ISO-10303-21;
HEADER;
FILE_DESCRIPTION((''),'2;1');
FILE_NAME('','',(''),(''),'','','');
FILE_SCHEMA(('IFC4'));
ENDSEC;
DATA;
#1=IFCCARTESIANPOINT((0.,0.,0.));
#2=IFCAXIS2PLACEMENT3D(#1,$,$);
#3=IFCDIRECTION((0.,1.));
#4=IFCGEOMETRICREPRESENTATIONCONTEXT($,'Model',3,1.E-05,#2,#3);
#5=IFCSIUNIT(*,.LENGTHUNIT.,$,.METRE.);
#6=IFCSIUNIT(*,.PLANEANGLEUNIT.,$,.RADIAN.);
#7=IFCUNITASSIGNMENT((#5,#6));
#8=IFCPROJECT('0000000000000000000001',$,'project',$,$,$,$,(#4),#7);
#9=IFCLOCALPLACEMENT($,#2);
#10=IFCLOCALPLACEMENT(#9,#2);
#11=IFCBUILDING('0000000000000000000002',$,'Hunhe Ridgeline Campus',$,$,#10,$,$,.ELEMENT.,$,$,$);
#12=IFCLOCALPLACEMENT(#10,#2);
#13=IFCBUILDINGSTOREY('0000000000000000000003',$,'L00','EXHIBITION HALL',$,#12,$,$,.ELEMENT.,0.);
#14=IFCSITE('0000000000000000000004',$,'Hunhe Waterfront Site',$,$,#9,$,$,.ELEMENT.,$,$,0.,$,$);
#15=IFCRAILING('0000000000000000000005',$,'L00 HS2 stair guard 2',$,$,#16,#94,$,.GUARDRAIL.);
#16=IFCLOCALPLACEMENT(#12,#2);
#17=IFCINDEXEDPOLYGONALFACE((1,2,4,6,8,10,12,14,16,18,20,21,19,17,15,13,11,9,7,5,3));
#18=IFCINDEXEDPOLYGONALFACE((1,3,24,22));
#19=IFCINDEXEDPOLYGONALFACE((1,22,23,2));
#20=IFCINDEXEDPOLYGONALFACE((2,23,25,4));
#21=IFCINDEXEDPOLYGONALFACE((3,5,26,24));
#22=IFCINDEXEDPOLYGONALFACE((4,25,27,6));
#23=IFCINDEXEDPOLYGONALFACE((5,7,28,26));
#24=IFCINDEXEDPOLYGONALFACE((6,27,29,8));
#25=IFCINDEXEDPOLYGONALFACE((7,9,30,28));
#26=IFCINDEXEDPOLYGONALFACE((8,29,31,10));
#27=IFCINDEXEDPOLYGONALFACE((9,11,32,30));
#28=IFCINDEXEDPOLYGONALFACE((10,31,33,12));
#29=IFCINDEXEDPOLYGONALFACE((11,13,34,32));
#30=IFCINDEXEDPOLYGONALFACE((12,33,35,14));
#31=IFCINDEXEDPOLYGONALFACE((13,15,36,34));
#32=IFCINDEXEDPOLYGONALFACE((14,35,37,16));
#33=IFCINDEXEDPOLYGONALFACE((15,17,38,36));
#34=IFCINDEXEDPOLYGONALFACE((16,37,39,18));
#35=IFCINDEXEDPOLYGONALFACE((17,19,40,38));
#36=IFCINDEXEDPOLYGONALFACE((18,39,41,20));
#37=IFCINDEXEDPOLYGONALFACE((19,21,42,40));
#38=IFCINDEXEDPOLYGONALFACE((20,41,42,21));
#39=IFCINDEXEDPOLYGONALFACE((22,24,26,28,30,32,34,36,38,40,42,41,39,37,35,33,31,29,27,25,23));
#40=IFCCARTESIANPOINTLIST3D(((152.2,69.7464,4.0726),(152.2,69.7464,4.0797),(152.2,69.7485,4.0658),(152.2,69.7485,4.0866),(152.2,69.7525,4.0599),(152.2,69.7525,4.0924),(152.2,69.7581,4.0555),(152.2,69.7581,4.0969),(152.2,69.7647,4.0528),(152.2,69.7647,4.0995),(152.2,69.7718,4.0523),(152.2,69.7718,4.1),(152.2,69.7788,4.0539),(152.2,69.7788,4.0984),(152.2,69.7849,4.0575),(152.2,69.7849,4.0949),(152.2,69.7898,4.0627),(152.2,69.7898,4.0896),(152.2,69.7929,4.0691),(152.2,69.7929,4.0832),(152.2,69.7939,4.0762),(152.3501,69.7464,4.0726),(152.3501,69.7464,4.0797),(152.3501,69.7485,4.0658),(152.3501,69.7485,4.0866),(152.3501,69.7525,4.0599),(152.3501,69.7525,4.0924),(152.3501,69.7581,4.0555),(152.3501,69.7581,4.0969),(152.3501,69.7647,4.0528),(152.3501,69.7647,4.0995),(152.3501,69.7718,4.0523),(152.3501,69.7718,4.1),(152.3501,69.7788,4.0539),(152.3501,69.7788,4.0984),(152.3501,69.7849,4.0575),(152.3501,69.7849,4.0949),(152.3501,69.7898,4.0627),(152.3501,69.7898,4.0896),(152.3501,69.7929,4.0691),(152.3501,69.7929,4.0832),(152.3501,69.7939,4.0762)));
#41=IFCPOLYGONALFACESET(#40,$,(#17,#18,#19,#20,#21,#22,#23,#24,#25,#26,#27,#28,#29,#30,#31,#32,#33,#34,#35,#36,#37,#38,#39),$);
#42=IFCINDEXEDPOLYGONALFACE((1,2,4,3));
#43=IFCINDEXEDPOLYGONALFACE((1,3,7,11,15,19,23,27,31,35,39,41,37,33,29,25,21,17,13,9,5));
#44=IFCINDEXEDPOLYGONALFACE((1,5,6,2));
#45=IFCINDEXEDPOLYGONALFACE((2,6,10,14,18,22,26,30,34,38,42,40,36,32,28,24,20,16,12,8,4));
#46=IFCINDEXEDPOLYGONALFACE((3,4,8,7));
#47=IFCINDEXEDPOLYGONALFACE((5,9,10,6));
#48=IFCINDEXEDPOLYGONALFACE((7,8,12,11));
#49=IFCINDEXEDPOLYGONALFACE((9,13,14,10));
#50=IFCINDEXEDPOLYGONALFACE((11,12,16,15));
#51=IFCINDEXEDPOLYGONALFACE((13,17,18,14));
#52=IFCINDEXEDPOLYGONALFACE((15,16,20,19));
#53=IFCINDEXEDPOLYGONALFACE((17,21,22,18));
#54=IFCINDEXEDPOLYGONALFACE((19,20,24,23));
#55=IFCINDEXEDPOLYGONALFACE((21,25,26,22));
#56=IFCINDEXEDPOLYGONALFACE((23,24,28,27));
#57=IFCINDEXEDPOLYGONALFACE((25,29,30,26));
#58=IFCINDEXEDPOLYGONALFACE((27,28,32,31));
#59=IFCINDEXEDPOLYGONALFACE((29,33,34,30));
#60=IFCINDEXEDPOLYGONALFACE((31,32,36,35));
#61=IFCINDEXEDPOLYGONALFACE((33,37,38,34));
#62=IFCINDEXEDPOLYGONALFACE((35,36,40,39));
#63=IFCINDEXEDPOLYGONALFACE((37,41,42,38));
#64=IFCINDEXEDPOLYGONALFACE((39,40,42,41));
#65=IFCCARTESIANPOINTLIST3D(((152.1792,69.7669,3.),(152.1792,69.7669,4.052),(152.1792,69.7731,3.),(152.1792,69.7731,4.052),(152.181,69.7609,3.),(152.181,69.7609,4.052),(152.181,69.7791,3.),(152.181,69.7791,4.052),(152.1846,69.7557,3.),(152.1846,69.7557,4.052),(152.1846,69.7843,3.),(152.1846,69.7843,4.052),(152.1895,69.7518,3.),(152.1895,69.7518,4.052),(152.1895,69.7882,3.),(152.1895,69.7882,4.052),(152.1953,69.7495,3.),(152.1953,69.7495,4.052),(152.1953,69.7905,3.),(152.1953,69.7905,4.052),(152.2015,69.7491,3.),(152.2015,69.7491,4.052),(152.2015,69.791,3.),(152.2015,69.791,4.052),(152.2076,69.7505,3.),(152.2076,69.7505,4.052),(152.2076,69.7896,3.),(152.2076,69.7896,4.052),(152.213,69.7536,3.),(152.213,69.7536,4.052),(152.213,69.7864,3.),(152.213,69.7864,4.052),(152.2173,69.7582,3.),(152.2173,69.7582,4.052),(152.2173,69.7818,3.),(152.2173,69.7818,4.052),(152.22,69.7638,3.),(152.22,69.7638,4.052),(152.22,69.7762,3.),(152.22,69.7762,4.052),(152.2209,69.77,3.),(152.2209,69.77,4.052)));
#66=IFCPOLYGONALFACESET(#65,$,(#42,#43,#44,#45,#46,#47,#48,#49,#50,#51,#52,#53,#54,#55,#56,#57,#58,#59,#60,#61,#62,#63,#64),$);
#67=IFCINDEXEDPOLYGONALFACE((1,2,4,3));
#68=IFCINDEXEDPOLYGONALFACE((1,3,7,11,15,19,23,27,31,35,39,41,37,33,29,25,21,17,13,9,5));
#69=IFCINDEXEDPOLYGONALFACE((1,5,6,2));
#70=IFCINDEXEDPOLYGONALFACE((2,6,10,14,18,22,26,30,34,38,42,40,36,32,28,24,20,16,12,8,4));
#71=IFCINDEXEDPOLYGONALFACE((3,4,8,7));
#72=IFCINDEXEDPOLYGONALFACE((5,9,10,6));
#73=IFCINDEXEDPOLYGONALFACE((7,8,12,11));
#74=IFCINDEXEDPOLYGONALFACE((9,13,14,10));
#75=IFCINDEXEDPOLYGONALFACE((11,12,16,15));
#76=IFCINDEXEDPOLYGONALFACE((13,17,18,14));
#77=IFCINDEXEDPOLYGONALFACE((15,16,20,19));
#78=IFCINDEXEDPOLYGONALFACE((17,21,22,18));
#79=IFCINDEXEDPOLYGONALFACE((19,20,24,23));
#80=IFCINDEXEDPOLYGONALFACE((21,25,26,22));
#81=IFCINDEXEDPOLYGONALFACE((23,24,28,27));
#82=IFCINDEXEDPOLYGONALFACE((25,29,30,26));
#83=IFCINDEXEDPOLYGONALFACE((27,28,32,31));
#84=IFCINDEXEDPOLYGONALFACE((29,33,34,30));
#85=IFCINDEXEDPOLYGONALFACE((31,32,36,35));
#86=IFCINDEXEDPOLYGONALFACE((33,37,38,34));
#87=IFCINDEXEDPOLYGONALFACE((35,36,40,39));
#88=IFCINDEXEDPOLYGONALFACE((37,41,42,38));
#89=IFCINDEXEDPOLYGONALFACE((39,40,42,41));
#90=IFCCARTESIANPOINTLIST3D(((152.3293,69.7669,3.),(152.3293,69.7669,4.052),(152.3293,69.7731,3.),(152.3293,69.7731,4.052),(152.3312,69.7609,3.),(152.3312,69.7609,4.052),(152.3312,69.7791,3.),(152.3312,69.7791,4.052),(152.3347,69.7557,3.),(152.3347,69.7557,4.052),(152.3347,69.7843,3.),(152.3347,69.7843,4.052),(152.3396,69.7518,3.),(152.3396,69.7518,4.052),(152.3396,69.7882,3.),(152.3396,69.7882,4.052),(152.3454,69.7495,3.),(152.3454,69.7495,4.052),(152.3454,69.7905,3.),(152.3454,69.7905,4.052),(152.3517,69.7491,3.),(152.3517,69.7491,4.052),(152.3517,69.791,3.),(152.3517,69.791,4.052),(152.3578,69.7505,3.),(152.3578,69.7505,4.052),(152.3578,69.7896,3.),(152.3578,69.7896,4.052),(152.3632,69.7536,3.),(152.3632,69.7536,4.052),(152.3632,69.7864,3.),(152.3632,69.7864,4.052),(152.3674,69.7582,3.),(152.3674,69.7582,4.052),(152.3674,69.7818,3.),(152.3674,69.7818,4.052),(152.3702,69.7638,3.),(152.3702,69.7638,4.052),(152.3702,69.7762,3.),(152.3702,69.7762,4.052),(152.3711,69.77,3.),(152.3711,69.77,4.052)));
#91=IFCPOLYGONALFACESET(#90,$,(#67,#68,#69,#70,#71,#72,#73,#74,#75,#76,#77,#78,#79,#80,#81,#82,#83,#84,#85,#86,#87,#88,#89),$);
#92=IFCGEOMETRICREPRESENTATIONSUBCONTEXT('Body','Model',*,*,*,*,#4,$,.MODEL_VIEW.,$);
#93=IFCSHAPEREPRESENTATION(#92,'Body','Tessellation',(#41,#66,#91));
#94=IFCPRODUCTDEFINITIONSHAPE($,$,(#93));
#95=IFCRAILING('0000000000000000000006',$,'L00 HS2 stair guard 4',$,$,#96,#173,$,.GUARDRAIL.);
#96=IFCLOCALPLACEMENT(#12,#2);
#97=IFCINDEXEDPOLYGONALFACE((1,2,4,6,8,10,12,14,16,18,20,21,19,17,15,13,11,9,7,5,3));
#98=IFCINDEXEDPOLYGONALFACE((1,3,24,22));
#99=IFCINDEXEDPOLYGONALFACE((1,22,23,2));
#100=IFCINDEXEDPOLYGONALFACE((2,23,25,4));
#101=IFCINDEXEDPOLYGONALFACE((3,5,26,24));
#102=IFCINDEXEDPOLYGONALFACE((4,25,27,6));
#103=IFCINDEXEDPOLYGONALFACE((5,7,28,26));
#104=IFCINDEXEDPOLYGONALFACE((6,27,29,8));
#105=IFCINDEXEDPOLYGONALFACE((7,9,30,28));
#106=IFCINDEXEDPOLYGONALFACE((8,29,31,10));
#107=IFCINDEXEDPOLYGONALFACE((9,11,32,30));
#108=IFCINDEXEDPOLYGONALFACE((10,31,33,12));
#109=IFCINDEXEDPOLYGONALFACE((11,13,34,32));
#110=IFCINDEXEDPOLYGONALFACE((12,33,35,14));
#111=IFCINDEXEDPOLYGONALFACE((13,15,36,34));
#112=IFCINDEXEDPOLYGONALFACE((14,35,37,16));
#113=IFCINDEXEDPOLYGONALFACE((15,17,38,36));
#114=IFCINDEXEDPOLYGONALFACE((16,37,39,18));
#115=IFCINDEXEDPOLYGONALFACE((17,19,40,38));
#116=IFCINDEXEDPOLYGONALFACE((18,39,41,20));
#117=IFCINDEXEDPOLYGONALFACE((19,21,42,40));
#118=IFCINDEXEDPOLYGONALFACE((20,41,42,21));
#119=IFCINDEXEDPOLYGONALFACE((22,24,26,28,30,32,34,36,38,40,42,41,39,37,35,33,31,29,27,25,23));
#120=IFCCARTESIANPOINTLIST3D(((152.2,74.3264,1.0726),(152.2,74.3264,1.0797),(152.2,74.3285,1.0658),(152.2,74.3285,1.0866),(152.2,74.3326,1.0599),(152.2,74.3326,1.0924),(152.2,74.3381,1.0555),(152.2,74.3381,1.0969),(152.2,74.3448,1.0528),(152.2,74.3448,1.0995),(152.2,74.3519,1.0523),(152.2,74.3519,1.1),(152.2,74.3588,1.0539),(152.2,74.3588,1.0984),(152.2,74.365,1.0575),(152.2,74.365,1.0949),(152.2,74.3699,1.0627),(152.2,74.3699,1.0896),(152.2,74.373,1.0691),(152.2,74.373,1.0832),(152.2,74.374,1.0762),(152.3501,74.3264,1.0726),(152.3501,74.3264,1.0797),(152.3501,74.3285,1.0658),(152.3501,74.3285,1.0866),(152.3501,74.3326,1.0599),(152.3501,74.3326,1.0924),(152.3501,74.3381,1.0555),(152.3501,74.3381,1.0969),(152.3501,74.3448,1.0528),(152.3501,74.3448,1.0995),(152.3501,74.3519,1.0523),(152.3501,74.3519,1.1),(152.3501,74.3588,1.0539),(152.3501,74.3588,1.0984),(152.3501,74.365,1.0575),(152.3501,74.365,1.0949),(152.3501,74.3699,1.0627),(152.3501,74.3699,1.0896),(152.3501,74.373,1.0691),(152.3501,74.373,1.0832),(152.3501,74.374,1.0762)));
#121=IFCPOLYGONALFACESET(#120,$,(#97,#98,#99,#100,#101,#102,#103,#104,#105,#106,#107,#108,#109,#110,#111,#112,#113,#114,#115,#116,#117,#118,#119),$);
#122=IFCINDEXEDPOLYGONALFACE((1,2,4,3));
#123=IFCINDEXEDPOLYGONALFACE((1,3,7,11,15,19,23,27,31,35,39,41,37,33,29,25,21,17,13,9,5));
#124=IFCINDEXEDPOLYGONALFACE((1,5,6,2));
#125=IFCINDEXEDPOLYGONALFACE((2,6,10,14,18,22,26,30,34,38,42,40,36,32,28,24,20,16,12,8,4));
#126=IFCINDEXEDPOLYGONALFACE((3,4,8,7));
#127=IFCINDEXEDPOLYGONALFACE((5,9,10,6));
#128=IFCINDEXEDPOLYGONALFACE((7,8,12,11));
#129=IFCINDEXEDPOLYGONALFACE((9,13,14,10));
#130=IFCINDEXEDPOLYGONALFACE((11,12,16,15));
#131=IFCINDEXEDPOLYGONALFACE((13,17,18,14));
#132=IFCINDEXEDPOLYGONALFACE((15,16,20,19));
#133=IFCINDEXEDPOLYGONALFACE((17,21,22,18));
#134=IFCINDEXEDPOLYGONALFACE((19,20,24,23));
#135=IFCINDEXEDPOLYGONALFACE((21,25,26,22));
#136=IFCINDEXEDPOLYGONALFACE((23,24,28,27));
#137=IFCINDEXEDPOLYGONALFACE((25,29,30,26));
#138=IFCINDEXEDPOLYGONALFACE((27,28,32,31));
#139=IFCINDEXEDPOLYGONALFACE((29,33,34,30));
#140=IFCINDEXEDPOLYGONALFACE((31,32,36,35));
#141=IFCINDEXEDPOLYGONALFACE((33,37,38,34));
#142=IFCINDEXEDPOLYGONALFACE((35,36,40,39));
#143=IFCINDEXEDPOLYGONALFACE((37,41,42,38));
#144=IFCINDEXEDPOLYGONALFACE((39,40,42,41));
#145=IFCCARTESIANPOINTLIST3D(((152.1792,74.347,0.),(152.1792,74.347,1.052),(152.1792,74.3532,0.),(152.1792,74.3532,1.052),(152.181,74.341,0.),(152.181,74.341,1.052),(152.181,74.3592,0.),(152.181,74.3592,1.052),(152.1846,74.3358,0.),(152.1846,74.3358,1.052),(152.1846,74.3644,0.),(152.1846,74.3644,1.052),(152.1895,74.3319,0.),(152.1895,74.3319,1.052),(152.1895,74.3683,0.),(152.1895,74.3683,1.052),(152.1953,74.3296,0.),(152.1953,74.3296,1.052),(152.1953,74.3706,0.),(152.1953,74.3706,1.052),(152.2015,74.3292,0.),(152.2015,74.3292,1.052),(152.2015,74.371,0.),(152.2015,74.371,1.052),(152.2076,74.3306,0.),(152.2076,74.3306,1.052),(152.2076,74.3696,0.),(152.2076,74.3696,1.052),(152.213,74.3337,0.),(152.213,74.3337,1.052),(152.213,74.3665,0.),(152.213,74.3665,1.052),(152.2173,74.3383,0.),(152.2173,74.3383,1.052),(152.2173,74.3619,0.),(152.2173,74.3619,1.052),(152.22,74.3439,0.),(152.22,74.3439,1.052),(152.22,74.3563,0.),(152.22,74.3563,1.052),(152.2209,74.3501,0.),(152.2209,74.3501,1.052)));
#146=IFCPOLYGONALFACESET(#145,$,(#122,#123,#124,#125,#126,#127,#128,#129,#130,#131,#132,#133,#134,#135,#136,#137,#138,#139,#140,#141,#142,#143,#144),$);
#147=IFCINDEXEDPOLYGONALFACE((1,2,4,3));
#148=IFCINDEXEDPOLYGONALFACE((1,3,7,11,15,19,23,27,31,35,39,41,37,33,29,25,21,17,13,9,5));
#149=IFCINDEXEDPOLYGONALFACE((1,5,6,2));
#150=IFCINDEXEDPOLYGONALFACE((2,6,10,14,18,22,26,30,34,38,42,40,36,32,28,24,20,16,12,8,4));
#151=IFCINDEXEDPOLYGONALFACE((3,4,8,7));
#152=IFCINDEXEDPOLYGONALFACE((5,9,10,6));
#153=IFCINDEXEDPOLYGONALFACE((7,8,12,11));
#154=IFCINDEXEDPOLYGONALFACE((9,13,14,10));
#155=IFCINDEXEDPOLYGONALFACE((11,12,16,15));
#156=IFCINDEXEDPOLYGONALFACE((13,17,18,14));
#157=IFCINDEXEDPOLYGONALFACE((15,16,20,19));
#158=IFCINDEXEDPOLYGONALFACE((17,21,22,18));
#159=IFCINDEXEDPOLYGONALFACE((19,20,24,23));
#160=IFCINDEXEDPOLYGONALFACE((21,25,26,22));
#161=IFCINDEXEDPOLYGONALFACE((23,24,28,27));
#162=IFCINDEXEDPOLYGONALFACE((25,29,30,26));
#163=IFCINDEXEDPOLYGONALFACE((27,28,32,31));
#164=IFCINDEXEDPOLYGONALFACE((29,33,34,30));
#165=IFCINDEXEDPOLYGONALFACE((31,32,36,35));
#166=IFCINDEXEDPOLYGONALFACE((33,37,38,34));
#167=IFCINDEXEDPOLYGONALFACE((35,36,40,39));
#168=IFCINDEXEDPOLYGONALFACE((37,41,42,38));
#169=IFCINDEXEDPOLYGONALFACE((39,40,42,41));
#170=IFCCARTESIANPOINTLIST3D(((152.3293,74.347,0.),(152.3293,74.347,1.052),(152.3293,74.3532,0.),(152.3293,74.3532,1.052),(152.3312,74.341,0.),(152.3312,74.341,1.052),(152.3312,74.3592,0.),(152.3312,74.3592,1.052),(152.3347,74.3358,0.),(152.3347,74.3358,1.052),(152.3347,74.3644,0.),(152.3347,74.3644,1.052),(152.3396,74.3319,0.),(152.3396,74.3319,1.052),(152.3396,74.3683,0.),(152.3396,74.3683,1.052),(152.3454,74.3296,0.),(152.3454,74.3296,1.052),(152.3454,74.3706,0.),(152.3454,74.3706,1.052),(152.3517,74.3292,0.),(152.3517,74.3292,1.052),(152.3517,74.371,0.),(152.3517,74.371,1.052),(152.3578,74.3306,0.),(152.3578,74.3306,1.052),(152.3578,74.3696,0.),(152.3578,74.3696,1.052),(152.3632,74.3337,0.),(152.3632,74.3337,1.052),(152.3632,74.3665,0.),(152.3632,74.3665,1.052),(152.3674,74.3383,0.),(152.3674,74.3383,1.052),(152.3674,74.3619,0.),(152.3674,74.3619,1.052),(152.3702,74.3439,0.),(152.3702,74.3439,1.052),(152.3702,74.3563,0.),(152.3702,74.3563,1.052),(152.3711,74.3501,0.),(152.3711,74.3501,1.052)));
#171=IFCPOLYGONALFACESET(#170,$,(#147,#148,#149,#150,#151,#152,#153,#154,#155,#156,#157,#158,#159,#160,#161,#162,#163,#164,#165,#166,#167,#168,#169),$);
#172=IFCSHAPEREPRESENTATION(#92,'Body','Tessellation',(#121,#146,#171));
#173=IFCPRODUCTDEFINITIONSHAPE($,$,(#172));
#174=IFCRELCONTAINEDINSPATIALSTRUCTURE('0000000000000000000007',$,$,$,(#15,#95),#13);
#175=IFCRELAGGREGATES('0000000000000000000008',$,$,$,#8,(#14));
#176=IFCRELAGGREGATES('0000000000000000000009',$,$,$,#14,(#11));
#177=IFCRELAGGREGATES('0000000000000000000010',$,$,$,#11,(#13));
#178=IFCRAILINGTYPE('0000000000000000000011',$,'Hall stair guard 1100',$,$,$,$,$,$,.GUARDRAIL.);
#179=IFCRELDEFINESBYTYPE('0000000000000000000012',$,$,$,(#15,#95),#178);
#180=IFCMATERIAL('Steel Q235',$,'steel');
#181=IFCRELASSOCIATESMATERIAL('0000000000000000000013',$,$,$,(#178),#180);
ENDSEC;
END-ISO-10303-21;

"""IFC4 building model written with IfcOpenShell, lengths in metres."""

from ifc_helpers import new_model, si_unit, direction, frame, origin, origin_2d, place, context, subcontext, project, spatial, circle, extrude, material, type_object, element, save


model = new_model("IFC4")

# Units and contexts
model_context = context("Model", 3, precision=1e-05, world=origin(), true_north=direction((0.0, 1.0)))
body_context = subcontext(model_context, "Body", "Model", "MODEL_VIEW")
ifc_project = project(units=[si_unit("LENGTHUNIT", "METRE"), si_unit("PLANEANGLEUNIT", "RADIAN")], contexts=[model_context])

# Site, building, storey
site_placement = place(None, origin())
site = spatial("IfcSite", under=ifc_project, at=site_placement, Name="Hunhe Waterfront Site", CompositionType="ELEMENT", RefElevation=0.0)
building_placement = place(site_placement, origin())
building = spatial("IfcBuilding", under=site, at=building_placement, Name="Hunhe Ridgeline Campus", CompositionType="ELEMENT")
storey_placement = place(building_placement, origin())
storey = spatial("IfcBuildingStorey", under=building, at=storey_placement, Name="L00", Description="EXHIBITION HALL", CompositionType="ELEMENT", Elevation=0.0)

# Shared definitions
ifc_material_1 = material(Name="Steel Q235", Category="steel")

# Railings
railing_type_1 = type_object("IfcRailingType", Name="Hall stair guard 1100", PredefinedType="GUARDRAIL", material=ifc_material_1)
for number, where, name in (
    (1, (152.2, 69.77, 3.0), "L00 HS2 stair guard 2"),
    (2, (152.2, 74.3501, 0.0), "L00 HS2 stair guard 4"),
):
    element("IfcRailing", number, at=place(storey_placement, frame(where)), inside=storey, type_object=railing_type_1, Name=name, PredefinedType="GUARDRAIL", context=body_context, shape_type="SweptSolid", body=[
        extrude(circle(Radius=0.0239, at=origin_2d()), frame((0.0, 0.0, 1.0762), z_axis=(1.0, 0.0, 0.0), x_axis=(0.0, 1.0, 0.0)), (0.0, 0.0, 1.0), 0.1501),
        extrude(circle(Radius=0.021, at=origin_2d()), origin(), (0.0, 0.0, 1.0), 1.052),
        extrude(circle(Radius=0.021, at=origin_2d()), frame((0.1501, 0.0, 0.0)), (0.0, 0.0, 1.0), 1.052),
    ])

save(model, "model.ifc")
